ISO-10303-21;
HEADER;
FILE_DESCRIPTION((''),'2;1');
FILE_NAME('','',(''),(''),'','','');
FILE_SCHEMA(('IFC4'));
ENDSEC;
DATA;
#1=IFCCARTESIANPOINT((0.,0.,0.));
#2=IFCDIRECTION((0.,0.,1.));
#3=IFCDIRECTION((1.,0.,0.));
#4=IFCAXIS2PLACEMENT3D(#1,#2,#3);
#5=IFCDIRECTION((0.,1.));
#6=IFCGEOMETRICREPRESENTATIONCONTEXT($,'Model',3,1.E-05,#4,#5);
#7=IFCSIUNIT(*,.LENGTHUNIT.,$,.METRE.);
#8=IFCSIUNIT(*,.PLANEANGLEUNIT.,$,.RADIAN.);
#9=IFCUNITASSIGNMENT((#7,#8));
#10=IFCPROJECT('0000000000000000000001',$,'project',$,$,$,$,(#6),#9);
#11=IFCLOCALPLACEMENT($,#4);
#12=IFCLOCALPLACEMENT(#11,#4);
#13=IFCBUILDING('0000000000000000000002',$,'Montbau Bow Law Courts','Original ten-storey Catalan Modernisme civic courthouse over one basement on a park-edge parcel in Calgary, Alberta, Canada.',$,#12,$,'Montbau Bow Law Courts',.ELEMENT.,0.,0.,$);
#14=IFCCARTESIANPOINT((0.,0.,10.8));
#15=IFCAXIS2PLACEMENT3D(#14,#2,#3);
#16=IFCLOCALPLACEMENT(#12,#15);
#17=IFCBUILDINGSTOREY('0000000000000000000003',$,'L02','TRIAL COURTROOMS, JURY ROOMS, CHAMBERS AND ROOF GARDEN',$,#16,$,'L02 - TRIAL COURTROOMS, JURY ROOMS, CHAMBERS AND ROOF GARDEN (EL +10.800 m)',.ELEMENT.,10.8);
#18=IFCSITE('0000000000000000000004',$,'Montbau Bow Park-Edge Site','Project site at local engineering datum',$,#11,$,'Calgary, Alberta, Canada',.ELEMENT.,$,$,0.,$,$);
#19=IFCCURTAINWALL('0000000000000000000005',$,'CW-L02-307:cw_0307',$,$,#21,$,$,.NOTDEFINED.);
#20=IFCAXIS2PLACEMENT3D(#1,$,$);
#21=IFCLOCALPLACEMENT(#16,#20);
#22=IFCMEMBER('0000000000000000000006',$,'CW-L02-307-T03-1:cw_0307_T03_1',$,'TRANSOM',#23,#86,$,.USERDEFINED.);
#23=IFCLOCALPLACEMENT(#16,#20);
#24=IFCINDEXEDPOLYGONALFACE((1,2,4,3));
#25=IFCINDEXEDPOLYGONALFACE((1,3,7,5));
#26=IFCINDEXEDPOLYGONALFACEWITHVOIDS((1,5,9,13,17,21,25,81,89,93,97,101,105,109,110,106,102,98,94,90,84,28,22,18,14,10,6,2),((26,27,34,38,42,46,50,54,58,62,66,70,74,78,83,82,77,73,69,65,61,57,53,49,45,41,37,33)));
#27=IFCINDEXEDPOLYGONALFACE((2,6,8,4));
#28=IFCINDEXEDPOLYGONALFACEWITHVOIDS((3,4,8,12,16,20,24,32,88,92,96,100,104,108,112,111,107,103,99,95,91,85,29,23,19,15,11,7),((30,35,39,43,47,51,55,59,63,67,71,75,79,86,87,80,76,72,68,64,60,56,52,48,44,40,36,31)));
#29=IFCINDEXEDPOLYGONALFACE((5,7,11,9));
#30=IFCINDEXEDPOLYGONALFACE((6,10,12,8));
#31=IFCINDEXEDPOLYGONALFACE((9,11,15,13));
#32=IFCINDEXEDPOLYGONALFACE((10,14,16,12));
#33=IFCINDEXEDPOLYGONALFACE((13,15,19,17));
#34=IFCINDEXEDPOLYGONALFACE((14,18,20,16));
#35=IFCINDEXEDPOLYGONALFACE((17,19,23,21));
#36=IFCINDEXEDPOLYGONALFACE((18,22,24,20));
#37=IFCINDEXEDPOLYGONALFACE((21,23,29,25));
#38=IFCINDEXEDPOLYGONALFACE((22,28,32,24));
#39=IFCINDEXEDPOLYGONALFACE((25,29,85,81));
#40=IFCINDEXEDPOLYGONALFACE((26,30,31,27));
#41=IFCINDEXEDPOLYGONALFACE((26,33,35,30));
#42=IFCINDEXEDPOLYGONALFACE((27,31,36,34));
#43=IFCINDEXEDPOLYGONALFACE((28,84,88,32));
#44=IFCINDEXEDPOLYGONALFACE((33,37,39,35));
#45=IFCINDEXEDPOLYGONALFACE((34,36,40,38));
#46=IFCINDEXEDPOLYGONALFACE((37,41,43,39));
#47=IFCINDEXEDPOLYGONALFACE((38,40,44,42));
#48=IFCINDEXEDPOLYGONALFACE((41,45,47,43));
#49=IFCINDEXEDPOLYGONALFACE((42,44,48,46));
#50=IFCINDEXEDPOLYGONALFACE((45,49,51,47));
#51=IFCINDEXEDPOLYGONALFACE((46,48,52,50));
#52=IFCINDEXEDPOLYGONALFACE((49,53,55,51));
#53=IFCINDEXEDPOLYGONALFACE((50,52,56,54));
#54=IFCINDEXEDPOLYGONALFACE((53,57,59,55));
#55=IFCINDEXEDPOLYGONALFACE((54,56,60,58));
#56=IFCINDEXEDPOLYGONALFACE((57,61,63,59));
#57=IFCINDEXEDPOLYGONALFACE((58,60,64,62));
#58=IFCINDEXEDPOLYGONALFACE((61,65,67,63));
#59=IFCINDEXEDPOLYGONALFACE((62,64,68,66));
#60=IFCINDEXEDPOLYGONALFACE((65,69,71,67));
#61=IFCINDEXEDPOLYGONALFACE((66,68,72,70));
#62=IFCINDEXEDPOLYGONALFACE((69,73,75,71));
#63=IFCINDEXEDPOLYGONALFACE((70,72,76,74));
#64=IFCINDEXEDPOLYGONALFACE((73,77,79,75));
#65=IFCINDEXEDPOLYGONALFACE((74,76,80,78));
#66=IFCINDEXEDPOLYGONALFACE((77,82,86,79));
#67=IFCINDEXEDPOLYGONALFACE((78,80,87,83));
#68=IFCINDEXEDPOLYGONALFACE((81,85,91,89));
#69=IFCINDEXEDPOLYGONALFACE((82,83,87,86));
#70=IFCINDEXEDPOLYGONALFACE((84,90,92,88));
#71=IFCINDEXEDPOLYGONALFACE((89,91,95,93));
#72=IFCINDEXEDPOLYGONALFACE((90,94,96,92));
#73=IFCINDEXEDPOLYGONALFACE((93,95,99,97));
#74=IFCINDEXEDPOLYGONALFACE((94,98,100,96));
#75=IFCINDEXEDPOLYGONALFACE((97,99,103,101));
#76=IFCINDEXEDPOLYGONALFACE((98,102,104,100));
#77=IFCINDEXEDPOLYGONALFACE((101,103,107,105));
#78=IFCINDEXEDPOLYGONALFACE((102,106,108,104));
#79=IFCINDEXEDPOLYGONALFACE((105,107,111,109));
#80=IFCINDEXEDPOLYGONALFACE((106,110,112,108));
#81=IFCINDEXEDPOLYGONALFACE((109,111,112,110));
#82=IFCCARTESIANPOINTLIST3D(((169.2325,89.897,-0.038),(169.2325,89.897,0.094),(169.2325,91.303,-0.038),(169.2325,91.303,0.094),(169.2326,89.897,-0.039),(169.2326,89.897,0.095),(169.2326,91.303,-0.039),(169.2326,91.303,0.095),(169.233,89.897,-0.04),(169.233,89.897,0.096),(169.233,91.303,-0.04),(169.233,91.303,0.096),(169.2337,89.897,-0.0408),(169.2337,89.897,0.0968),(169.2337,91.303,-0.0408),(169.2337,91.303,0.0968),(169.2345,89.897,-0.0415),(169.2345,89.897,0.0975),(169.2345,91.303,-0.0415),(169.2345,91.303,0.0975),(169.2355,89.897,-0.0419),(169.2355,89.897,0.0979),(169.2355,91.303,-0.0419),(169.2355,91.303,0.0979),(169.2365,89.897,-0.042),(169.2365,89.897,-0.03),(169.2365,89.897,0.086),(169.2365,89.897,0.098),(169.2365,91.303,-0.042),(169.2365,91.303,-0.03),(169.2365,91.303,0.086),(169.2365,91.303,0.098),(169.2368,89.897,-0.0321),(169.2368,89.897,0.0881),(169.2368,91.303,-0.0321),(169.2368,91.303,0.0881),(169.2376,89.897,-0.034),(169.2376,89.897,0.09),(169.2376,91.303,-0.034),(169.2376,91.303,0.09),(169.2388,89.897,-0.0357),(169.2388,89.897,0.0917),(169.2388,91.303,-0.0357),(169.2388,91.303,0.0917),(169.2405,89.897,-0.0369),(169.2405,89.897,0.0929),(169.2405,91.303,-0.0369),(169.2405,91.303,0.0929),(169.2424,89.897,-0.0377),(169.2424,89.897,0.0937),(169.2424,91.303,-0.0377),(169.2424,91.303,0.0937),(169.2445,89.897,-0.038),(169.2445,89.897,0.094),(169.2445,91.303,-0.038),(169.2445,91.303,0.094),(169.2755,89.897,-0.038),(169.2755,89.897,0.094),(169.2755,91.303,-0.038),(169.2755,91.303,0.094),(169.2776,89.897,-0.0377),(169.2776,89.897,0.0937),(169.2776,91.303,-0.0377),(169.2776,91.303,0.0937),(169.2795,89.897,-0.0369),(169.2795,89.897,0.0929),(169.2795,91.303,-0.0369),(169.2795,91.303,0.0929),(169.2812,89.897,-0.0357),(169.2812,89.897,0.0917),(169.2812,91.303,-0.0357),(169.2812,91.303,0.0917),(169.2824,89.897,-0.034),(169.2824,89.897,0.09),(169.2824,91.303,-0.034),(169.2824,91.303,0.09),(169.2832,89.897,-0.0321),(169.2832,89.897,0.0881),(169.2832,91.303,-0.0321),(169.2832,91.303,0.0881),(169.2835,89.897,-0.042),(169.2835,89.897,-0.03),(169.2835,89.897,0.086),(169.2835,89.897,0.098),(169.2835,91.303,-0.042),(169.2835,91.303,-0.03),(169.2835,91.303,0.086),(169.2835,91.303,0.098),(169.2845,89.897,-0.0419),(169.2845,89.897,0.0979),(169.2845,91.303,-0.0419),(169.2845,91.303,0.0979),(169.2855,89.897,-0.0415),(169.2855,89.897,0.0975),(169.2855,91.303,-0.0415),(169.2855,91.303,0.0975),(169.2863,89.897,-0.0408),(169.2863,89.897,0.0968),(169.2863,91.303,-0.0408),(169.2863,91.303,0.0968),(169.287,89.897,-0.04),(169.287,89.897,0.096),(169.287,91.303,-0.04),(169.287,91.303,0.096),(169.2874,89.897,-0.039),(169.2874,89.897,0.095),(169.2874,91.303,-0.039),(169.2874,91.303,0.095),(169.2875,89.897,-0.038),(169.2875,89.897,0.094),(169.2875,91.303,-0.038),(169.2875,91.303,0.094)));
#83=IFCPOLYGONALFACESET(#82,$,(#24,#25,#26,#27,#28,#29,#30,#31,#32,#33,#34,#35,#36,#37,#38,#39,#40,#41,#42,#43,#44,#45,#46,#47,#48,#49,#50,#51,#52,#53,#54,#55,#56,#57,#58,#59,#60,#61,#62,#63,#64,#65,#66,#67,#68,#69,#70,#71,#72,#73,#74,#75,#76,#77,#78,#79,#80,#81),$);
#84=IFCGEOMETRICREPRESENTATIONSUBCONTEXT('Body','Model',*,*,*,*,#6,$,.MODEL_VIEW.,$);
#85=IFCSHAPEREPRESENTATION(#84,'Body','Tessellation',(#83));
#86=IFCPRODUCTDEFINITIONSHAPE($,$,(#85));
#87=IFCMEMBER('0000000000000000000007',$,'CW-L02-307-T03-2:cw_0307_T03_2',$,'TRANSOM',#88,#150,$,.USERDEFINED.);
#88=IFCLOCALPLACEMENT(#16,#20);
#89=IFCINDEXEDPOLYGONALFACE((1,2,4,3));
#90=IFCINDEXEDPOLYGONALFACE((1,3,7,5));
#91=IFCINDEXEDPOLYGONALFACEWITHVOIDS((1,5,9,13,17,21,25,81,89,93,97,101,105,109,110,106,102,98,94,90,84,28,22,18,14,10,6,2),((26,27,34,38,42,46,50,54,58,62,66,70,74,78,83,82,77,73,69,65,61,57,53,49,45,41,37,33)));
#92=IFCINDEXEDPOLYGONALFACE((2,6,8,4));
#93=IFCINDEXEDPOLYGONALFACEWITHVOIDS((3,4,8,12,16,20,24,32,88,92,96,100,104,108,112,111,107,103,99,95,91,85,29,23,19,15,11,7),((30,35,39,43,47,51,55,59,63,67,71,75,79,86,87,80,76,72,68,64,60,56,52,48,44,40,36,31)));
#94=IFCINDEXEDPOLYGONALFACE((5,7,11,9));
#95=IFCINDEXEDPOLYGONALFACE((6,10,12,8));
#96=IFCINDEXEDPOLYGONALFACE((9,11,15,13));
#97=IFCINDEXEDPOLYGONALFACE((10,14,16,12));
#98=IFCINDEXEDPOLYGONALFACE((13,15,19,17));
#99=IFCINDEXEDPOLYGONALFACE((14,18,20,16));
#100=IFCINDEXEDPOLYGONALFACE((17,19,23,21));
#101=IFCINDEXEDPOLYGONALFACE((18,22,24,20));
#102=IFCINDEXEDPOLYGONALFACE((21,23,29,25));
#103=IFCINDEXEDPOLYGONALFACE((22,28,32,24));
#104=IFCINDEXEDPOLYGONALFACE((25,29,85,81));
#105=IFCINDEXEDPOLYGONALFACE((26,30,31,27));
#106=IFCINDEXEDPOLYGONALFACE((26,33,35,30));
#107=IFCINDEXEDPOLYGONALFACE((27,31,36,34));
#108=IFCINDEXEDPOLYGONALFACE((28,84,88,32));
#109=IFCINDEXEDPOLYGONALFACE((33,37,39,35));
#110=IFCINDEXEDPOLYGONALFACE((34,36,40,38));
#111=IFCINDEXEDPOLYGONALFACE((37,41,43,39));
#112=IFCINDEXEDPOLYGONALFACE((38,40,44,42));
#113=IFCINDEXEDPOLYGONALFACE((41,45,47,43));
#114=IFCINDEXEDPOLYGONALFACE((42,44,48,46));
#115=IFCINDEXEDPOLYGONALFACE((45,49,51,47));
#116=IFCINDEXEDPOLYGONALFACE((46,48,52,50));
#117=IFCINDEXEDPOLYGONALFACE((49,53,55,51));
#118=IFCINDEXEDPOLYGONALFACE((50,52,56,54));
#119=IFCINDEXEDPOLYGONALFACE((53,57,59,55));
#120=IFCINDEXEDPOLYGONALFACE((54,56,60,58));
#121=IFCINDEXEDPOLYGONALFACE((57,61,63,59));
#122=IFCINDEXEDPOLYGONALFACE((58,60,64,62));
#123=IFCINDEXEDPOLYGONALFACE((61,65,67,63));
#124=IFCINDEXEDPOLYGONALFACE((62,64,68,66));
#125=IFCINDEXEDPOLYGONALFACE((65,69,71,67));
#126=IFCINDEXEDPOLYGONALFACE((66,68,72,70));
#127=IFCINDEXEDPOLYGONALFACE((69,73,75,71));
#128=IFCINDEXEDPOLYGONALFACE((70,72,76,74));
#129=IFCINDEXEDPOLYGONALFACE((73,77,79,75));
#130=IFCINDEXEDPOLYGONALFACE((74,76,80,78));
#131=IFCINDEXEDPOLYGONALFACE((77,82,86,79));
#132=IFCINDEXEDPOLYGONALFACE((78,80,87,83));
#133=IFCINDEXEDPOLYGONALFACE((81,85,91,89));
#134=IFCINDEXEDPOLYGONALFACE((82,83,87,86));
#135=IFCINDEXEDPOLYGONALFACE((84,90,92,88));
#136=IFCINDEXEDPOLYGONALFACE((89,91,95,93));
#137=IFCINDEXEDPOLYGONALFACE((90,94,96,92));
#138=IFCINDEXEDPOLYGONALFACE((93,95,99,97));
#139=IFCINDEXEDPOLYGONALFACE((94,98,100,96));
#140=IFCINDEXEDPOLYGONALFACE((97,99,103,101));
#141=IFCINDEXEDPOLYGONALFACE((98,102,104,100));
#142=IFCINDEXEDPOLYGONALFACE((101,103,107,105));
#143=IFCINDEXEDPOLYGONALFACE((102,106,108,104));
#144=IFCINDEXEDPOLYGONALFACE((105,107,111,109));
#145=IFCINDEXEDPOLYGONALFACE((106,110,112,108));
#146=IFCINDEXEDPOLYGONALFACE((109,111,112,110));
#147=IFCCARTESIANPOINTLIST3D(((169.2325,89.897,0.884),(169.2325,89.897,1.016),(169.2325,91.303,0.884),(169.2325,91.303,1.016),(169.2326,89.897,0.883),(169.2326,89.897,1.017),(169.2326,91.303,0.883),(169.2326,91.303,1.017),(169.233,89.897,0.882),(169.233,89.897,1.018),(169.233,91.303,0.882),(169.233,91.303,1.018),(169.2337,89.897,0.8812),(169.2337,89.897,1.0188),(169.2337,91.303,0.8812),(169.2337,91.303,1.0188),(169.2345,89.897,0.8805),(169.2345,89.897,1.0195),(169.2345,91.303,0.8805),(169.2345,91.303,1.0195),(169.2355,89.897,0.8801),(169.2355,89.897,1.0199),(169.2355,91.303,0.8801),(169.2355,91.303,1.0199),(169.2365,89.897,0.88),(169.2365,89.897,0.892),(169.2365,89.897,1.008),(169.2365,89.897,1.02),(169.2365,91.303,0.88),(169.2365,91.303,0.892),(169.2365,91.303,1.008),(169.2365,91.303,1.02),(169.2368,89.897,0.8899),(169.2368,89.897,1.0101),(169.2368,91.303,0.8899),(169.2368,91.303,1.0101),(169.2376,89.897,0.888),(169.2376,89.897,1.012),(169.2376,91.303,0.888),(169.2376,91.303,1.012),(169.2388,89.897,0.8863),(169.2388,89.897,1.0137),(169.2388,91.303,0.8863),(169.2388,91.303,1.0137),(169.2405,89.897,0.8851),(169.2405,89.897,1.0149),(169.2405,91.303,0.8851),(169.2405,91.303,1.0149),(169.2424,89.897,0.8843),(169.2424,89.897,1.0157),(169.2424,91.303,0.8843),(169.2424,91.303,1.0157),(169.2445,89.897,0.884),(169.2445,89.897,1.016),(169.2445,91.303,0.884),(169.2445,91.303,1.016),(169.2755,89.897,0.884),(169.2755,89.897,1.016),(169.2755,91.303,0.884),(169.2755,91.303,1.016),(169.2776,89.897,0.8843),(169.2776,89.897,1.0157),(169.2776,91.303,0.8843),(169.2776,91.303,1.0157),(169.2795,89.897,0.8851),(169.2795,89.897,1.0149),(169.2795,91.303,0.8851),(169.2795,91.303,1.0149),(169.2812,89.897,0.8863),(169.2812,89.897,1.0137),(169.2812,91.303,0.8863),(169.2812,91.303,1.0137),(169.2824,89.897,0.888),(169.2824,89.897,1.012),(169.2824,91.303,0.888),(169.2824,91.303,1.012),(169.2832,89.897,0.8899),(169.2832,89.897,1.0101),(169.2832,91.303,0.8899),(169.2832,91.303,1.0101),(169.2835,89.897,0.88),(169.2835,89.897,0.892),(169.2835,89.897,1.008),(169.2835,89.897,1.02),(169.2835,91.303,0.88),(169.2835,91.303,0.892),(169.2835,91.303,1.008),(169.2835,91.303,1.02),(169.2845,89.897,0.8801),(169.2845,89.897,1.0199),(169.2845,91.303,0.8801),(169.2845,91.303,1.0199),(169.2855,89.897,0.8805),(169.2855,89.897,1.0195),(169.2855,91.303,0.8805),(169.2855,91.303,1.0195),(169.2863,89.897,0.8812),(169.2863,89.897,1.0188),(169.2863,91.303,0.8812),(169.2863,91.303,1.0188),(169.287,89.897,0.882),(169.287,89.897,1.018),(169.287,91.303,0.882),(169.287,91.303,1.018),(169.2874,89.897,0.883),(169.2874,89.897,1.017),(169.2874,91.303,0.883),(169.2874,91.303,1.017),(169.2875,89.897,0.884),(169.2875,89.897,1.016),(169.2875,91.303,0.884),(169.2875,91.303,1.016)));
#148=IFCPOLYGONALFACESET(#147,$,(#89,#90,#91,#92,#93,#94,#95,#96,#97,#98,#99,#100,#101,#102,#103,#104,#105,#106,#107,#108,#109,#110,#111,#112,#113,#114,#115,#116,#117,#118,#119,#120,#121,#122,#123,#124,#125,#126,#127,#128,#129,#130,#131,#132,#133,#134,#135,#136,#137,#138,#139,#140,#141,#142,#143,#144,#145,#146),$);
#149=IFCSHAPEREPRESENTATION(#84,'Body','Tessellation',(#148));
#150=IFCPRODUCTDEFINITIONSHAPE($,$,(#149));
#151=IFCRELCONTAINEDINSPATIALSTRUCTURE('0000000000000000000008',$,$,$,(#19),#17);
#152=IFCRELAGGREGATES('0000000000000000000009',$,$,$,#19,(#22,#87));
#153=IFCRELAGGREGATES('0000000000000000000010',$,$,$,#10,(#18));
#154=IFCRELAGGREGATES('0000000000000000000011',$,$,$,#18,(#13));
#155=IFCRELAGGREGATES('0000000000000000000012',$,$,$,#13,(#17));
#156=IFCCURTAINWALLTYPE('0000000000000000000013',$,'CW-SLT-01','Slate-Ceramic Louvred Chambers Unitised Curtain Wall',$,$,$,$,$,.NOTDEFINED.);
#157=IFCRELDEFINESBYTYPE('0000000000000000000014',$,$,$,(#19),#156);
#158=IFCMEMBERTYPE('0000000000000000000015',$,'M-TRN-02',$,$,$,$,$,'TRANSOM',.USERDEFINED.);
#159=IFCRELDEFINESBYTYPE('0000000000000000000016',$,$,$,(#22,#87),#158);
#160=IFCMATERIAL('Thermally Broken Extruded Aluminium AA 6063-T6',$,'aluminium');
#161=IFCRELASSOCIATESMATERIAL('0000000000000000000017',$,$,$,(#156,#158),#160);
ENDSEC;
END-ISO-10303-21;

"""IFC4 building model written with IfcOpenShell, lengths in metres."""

from ifc_helpers import new_model, si_unit, direction, frame, origin_with_axes, origin_2d_with_axis, place, context, subcontext, project, spatial, hollow_rectangle, extrude, material, material_profile, profile_set, type_object, element, aggregate, save


model = new_model("IFC4")

# Units and contexts
model_context = context("Model", 3, precision=1e-05, world=origin_with_axes(), true_north=direction((0.0, 1.0)))
body_context = subcontext(model_context, "Body", "Model", "MODEL_VIEW")
ifc_project = project(units=[si_unit("LENGTHUNIT", "METRE"), si_unit("PLANEANGLEUNIT", "RADIAN")], contexts=[model_context])

# Site, building, storey
site_placement = place(None, origin_with_axes())
site = spatial("IfcSite", under=ifc_project, at=site_placement, Name="Montbau Bow Park-Edge Site", Description="Project site at local engineering datum", LongName="Calgary, Alberta, Canada", CompositionType="ELEMENT", RefElevation=0.0)
building_placement = place(site_placement, origin_with_axes())
building = spatial("IfcBuilding", under=site, at=building_placement, Name="Montbau Bow Law Courts", Description="Original ten-storey Catalan Modernisme civic courthouse over one basement on a park-edge parcel in Calgary, Alberta, Canada.", LongName="Montbau Bow Law Courts", CompositionType="ELEMENT", ElevationOfRefHeight=0.0, ElevationOfTerrain=0.0)
storey_placement = place(building_placement, frame((0.0, 0.0, 10.8), z_axis=(0.0, 0.0, 1.0), x_axis=(1.0, 0.0, 0.0)))
storey = spatial("IfcBuildingStorey", under=building, at=storey_placement, Name="L02", Description="TRIAL COURTROOMS, JURY ROOMS, CHAMBERS AND ROOF GARDEN", LongName="L02 - TRIAL COURTROOMS, JURY ROOMS, CHAMBERS AND ROOF GARDEN (EL +10.800 m)", CompositionType="ELEMENT", Elevation=10.8)

# Curtain wall, members
ifc_material_1 = material(Name="Thermally Broken Extruded Aluminium AA 6063-T6", Category="aluminium")
curtain_wall_type = type_object("IfcCurtainWallType", Name="CW-SLT-01", Description="Slate-Ceramic Louvred Chambers Unitised Curtain Wall", PredefinedType="NOTDEFINED", material=ifc_material_1)
curtain_wall_placement = place(None, frame((169.26, 86.915, 10.8), z_axis=(0.0, 0.0, 1.0), x_axis=(1.0, 0.0, 0.0)))
curtain_wall = element("IfcCurtainWall", 1, at=curtain_wall_placement, inside=storey, type_object=curtain_wall_type, Name="CW-L02-307:cw_0307", PredefinedType="NOTDEFINED")
ifc_material_profile_1 = material_profile(ifc_material_1, hollow_rectangle(XDim=0.055, YDim=0.14, WallThickness=0.004, InnerFilletRadius=0.008, OuterFilletRadius=0.004, at=origin_2d_with_axis()), Name="CWT-140X55", Category="Main", Priority=0)
ifc_profile_set_1 = profile_set([ifc_material_profile_1], Name="Thermally Broken Extruded Aluminium AA 6063-T6")
member_type_1 = type_object("IfcMemberType", Name="M-TRN-02", ElementType="TRANSOM", PredefinedType="USERDEFINED", material=ifc_profile_set_1)
member_1_placement = place(None, frame((169.26, 89.897, 10.828), z_axis=(0.0, 1.0, 0.0), x_axis=(-1.0, 0.0, 0.0)))
member_1 = element("IfcMember", 2, at=member_1_placement, type_object=member_type_1, Name="CW-L02-307-T03-1:cw_0307_T03_1", ObjectType="TRANSOM", PredefinedType="USERDEFINED", context=body_context, shape_type="SweptSolid", body=[
    extrude(hollow_rectangle(XDim=0.055, YDim=0.14, WallThickness=0.004, InnerFilletRadius=0.008, OuterFilletRadius=0.004, at=origin_2d_with_axis()), origin_with_axes(), (0.0, 0.0, 1.0), 1.406),
])
member_2_placement = place(None, frame((169.26, 89.897, 11.75), z_axis=(0.0, 1.0, 0.0), x_axis=(-1.0, 0.0, 0.0)))
member_2 = element("IfcMember", 3, at=member_2_placement, type_object=member_type_1, Name="CW-L02-307-T03-2:cw_0307_T03_2", ObjectType="TRANSOM", PredefinedType="USERDEFINED", context=body_context, shape_type="SweptSolid", body=[
    extrude(hollow_rectangle(XDim=0.055, YDim=0.14, WallThickness=0.004, InnerFilletRadius=0.008, OuterFilletRadius=0.004, at=origin_2d_with_axis()), origin_with_axes(), (0.0, 0.0, 1.0), 1.406),
])
aggregate(curtain_wall, [member_1, member_2])

save(model, "model.ifc")
